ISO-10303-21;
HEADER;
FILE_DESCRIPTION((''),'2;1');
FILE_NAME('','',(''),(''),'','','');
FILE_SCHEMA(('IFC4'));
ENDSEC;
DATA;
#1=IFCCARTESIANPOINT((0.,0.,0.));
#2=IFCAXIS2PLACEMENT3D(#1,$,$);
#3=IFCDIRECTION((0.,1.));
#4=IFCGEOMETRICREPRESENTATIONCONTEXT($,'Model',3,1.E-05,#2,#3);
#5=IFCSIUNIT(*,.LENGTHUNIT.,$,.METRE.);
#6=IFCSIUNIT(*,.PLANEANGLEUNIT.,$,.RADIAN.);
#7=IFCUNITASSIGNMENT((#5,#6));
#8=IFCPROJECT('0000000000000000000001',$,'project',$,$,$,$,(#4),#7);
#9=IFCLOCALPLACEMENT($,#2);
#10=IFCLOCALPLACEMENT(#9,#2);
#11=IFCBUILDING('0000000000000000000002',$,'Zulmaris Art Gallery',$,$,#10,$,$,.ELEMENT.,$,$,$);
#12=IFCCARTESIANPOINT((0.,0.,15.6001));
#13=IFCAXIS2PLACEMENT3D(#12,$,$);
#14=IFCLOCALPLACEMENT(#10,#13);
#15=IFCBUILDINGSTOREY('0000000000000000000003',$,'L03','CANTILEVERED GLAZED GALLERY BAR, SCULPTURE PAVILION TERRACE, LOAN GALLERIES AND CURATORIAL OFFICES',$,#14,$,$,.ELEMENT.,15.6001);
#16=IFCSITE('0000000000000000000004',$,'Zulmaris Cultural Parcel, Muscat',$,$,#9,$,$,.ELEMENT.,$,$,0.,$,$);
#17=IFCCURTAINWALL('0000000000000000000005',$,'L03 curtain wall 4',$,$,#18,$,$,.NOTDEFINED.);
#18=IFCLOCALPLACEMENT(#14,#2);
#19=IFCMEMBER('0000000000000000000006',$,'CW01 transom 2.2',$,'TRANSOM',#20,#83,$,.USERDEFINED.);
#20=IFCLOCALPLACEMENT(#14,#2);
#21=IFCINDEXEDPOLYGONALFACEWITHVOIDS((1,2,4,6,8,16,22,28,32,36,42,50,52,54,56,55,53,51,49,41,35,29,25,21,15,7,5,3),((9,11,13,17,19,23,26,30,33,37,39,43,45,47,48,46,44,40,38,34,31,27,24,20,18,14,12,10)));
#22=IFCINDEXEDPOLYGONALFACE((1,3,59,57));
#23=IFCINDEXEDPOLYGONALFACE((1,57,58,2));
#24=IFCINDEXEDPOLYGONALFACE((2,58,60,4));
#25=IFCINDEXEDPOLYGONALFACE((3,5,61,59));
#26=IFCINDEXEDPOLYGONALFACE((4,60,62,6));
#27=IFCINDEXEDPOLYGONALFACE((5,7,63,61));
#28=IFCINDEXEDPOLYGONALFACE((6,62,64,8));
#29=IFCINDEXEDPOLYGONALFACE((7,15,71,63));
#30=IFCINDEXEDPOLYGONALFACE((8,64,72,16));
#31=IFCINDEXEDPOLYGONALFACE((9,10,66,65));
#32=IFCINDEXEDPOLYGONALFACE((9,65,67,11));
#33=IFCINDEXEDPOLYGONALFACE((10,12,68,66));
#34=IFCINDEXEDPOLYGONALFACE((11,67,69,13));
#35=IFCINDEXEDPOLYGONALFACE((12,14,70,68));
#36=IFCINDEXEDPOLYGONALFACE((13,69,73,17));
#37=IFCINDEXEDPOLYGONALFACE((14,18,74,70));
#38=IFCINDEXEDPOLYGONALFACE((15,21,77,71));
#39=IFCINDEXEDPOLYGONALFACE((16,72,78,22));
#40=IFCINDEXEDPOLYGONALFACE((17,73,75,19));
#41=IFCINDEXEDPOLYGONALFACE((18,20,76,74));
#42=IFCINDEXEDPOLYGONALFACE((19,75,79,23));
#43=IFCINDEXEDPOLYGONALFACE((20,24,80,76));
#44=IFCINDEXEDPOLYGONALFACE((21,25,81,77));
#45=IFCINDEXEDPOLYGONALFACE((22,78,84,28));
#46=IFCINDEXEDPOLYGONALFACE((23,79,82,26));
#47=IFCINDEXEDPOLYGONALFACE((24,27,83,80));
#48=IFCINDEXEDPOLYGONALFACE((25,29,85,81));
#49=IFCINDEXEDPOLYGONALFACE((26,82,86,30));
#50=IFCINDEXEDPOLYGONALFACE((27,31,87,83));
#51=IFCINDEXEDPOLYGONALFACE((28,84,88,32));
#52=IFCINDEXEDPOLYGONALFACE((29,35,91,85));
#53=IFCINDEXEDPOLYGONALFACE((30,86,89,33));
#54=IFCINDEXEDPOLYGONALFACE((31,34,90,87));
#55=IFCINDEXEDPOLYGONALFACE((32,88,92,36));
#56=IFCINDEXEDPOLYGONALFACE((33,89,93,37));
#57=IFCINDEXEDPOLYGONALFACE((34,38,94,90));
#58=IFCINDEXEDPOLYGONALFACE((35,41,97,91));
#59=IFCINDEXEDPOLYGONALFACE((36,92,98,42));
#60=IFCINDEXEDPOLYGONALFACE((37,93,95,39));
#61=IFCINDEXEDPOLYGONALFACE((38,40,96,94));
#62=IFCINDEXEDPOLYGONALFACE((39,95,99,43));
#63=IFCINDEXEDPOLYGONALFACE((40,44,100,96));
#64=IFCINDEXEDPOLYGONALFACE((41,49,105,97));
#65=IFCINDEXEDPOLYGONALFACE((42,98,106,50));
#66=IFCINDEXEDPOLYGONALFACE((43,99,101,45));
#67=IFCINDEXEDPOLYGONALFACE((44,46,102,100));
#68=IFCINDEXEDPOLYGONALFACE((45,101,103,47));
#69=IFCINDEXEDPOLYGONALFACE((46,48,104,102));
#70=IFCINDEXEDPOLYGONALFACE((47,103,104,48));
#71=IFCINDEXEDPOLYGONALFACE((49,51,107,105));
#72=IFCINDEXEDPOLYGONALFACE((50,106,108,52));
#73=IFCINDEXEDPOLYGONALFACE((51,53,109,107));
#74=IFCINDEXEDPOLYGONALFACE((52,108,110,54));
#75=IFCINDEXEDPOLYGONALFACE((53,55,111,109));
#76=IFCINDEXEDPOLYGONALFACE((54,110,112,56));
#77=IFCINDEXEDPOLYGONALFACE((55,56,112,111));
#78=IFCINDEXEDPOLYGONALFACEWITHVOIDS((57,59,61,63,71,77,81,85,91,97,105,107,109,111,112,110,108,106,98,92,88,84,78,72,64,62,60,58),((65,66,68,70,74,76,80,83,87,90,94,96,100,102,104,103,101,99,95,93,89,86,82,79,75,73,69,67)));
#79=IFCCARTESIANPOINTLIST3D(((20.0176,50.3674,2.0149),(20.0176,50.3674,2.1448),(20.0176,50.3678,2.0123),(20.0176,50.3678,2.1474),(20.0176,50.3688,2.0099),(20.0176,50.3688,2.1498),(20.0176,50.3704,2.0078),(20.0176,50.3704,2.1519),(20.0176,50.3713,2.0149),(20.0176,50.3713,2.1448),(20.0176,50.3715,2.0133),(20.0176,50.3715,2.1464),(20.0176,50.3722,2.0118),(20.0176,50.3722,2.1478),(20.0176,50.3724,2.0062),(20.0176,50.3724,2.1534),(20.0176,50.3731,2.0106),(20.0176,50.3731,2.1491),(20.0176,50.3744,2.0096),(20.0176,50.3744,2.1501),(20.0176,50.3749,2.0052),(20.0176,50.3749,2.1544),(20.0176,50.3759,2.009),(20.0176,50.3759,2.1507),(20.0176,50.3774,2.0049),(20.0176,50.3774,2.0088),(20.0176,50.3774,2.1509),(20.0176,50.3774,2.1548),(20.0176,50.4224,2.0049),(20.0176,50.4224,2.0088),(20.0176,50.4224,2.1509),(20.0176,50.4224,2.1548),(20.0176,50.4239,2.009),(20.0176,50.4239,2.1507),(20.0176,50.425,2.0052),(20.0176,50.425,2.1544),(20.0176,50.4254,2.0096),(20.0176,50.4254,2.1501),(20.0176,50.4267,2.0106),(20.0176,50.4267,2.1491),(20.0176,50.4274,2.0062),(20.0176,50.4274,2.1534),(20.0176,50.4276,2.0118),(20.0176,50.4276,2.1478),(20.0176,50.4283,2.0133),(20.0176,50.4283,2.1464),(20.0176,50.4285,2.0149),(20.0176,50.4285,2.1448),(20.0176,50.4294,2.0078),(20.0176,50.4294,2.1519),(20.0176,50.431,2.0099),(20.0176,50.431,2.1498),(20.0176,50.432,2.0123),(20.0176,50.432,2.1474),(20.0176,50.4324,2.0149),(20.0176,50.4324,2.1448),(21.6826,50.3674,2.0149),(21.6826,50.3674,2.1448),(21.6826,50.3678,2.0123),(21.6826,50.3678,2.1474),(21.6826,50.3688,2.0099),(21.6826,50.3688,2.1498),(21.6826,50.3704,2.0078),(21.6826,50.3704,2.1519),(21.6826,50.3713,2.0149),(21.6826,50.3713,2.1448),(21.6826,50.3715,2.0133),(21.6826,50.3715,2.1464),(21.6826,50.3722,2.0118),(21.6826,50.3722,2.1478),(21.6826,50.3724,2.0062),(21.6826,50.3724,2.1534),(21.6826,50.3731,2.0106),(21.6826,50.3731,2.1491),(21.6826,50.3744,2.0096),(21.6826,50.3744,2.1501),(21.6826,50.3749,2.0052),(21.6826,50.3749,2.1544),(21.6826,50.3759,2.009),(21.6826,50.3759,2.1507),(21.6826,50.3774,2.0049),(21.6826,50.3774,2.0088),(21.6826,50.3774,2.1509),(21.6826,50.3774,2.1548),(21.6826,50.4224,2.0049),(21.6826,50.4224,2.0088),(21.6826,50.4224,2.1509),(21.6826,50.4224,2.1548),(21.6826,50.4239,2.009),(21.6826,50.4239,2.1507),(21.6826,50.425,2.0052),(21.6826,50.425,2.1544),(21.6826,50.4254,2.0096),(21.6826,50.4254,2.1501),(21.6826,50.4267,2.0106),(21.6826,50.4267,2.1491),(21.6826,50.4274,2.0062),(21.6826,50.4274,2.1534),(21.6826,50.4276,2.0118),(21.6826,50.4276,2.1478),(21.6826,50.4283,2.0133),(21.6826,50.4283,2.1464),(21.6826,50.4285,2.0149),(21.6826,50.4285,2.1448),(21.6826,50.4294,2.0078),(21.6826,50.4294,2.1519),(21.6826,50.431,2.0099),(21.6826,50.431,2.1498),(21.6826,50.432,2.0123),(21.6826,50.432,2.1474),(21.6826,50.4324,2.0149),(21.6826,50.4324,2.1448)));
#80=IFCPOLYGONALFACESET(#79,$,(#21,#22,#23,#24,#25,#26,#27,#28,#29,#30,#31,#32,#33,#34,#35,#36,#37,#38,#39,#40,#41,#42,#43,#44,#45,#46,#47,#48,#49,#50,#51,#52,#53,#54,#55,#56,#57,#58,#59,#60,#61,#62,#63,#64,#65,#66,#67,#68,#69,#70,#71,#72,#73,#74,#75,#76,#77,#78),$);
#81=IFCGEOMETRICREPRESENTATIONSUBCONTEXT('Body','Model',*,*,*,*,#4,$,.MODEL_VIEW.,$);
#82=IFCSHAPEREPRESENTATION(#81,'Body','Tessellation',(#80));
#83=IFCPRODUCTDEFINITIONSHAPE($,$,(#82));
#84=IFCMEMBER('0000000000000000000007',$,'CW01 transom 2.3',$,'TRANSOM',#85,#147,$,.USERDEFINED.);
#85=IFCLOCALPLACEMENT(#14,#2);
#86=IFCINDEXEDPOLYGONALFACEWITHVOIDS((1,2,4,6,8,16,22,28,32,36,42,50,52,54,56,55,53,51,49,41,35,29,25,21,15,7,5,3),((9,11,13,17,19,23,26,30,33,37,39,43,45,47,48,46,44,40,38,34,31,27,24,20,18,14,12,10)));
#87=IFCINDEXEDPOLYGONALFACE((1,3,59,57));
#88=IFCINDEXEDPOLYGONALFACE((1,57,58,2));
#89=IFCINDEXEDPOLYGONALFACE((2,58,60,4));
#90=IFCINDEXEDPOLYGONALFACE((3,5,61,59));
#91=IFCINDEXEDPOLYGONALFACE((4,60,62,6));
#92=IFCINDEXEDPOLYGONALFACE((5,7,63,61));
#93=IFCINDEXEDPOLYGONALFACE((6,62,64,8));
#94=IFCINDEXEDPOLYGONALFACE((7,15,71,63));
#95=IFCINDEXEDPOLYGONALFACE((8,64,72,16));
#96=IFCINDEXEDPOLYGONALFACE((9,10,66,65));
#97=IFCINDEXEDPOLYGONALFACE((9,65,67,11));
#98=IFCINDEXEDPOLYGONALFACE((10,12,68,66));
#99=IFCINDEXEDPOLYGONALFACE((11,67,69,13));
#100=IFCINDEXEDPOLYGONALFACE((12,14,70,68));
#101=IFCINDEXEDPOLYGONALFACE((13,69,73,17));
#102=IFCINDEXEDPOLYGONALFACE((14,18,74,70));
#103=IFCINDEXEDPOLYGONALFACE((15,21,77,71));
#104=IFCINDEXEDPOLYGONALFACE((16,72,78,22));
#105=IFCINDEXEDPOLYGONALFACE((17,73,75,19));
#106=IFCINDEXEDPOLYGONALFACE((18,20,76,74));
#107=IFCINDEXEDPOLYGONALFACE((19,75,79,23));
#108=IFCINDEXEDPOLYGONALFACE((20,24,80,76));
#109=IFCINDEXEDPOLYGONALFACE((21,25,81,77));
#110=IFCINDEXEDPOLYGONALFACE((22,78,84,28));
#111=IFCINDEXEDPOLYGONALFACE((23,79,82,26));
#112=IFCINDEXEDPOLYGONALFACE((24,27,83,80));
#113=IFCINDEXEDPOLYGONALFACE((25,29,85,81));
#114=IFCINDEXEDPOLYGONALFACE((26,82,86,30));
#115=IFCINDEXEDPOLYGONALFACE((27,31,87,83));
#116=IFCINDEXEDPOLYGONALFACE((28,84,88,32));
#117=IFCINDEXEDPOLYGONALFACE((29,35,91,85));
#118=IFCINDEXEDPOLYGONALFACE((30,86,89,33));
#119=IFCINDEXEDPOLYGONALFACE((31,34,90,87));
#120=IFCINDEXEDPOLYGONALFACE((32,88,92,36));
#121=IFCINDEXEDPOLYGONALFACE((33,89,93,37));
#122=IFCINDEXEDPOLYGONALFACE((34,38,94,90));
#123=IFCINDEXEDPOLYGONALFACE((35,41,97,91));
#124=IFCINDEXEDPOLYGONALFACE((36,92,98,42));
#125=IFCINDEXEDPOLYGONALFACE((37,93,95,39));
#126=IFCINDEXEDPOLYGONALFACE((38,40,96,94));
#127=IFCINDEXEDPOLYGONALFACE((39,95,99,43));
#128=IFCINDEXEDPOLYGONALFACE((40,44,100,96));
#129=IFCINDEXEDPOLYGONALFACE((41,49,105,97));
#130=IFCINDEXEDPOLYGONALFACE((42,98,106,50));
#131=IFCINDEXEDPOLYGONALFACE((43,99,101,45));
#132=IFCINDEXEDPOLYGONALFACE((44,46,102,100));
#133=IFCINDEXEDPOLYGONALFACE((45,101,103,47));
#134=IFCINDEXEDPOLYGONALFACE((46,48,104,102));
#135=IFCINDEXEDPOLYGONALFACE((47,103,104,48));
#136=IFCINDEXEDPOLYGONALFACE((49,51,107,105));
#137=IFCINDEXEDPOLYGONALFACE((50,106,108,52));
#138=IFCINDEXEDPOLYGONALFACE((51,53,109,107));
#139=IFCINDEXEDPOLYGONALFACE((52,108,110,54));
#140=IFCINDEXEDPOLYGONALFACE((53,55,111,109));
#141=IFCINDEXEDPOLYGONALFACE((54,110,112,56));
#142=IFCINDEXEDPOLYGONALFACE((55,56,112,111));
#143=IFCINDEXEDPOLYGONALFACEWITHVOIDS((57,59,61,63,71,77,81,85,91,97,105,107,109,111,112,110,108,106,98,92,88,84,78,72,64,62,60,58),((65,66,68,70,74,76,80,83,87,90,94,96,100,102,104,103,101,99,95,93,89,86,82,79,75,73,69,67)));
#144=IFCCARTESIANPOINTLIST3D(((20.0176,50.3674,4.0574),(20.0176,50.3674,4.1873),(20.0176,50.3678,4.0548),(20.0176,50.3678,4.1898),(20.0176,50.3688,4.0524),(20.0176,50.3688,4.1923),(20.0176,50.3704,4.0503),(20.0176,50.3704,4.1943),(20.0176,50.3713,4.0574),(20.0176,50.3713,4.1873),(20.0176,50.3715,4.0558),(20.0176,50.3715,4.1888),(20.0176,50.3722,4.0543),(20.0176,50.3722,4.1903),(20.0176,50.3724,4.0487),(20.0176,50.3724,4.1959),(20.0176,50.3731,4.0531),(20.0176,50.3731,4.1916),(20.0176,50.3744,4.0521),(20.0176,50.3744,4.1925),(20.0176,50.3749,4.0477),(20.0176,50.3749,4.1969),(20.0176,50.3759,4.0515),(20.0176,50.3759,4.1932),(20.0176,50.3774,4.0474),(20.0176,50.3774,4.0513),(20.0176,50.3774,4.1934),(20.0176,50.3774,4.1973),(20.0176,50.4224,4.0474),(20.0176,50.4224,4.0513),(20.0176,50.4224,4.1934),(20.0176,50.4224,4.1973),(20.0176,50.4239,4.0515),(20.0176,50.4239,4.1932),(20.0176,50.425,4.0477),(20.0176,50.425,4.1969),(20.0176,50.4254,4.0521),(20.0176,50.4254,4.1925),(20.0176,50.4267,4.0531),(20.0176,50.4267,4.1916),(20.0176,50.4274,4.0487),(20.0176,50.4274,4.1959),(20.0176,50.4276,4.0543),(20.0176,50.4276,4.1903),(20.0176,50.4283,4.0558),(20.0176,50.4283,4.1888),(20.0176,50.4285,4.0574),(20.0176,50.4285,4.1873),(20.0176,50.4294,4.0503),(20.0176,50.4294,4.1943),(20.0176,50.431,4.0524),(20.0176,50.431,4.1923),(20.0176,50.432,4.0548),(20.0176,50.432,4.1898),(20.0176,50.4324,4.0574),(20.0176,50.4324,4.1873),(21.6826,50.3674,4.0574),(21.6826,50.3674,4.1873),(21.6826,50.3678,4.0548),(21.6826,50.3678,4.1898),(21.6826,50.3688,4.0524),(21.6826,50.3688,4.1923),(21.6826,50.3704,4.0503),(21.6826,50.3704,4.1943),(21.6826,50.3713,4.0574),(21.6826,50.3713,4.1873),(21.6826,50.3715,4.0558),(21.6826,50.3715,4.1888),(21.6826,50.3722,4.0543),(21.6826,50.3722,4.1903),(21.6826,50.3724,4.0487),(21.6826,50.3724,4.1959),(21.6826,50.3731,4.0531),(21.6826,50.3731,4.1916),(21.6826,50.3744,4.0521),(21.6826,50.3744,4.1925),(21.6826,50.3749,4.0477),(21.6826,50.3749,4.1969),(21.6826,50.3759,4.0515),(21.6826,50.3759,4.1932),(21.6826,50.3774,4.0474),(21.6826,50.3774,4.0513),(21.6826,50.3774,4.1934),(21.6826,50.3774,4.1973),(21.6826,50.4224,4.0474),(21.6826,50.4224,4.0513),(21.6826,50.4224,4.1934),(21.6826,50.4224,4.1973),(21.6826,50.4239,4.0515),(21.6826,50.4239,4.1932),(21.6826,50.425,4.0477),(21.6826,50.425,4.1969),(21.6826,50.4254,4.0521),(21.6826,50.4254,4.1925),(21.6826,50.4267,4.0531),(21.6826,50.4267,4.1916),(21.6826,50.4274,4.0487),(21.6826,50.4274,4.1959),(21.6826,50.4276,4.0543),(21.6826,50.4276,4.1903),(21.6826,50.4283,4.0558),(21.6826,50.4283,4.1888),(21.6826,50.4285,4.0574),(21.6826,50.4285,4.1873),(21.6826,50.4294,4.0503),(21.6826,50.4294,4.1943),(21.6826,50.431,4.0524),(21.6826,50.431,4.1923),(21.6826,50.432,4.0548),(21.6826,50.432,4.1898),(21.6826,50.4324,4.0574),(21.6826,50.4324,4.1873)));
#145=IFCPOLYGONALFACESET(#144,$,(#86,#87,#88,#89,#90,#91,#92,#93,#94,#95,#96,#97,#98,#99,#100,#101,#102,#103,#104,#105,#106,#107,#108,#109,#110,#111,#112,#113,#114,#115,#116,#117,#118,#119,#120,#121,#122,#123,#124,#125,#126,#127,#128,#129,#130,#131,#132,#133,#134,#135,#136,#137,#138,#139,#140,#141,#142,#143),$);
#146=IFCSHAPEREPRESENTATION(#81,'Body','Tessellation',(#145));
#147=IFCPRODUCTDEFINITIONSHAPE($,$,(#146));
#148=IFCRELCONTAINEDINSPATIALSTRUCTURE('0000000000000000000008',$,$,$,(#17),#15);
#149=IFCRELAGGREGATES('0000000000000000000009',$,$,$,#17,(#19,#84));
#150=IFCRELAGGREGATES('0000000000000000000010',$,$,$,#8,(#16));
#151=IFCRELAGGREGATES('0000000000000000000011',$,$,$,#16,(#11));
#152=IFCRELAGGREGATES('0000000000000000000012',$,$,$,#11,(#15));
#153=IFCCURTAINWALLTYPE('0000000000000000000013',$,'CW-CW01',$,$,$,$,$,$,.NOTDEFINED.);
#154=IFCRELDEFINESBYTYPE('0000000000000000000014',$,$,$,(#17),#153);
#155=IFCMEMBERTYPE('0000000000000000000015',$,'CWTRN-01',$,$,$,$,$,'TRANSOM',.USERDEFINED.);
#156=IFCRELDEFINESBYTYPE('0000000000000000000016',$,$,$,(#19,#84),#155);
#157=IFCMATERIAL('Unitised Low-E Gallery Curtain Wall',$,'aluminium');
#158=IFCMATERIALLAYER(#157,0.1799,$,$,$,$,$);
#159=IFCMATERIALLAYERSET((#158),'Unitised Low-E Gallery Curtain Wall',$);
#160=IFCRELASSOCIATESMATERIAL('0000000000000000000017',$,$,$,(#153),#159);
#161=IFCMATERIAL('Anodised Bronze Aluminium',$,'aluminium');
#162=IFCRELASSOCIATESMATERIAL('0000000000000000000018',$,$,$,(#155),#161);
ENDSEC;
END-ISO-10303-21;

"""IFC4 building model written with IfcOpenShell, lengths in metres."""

from ifc_helpers import new_model, si_unit, direction, frame, origin, origin_2d, place, context, subcontext, project, spatial, hollow_rectangle, extrude, material, layer, layer_set, material_profile, profile_set, type_object, element, aggregate, save


model = new_model("IFC4")

# Units and contexts
model_context = context("Model", 3, precision=1e-05, world=origin(), true_north=direction((0.0, 1.0)))
body_context = subcontext(model_context, "Body", "Model", "MODEL_VIEW")
ifc_project = project(units=[si_unit("LENGTHUNIT", "METRE"), si_unit("PLANEANGLEUNIT", "RADIAN")], contexts=[model_context])

# Site, building, storey
site_placement = place(None, origin())
site = spatial("IfcSite", under=ifc_project, at=site_placement, Name="Zulmaris Cultural Parcel, Muscat", CompositionType="ELEMENT", RefElevation=0.0)
building_placement = place(site_placement, origin())
building = spatial("IfcBuilding", under=site, at=building_placement, Name="Zulmaris Art Gallery", CompositionType="ELEMENT")
storey_placement = place(building_placement, frame((0.0, 0.0, 15.6001)))
storey = spatial("IfcBuildingStorey", under=building, at=storey_placement, Name="L03", Description="CANTILEVERED GLAZED GALLERY BAR, SCULPTURE PAVILION TERRACE, LOAN GALLERIES AND CURATORIAL OFFICES", CompositionType="ELEMENT", Elevation=15.6001)

# Curtain wall
ifc_material_1 = material(Name="Unitised Low-E Gallery Curtain Wall", Category="aluminium")
ifc_layer_1 = layer(ifc_material_1, 0.1799)
ifc_layer_set_1 = layer_set([ifc_layer_1], Name="Unitised Low-E Gallery Curtain Wall")
curtain_wall_type = type_object("IfcCurtainWallType", Name="CW-CW01", PredefinedType="NOTDEFINED", material=ifc_layer_set_1)
curtain_wall_1_placement = place(storey_placement, origin())
curtain_wall_1 = element("IfcCurtainWall", 1, at=curtain_wall_1_placement, inside=storey, type_object=curtain_wall_type, Name="L03 curtain wall 4", PredefinedType="NOTDEFINED")
ifc_material_2 = material(Name="Anodised Bronze Aluminium", Category="aluminium")

# Members
ifc_material_profile_1 = material_profile(ifc_material_2, hollow_rectangle(XDim=0.0649, YDim=0.1499, WallThickness=0.0039, InnerFilletRadius=0.0061, OuterFilletRadius=0.01, at=origin_2d()), Name="ALU 65x150x4")
ifc_profile_set_1 = profile_set([ifc_material_profile_1], Name="Anodised Bronze Aluminium")
member_type_1 = type_object("IfcMemberType", Name="CWTRN-01", ElementType="TRANSOM", PredefinedType="USERDEFINED", material=ifc_profile_set_1)
member_1_placement = place(storey_placement, frame((21.6826, 50.3999, 2.0798), z_axis=(-1.0, 0.0, 0.0), x_axis=(0.0, -1.0, 0.0)))
member_1 = element("IfcMember", 2, at=member_1_placement, type_object=member_type_1, Name="CW01 transom 2.2", ObjectType="TRANSOM", PredefinedType="USERDEFINED", context=body_context, shape_type="SweptSolid", body=[
    extrude(hollow_rectangle(XDim=0.0649, YDim=0.1499, WallThickness=0.0039, InnerFilletRadius=0.0061, OuterFilletRadius=0.01, at=origin_2d()), origin(), (0.0, 0.0, 1.0), 1.665),
])
member_2_placement = place(storey_placement, frame((21.6826, 50.3999, 4.1223), z_axis=(-1.0, 0.0, 0.0), x_axis=(0.0, -1.0, 0.0)))
member_2 = element("IfcMember", 3, at=member_2_placement, type_object=member_type_1, Name="CW01 transom 2.3", ObjectType="TRANSOM", PredefinedType="USERDEFINED", context=body_context, shape_type="SweptSolid", body=[
    extrude(hollow_rectangle(XDim=0.0649, YDim=0.1499, WallThickness=0.0039, InnerFilletRadius=0.0061, OuterFilletRadius=0.01, at=origin_2d()), origin(), (0.0, 0.0, 1.0), 1.665),
])

aggregate(curtain_wall_1, [member_1, member_2])

save(model, "model.ifc")
